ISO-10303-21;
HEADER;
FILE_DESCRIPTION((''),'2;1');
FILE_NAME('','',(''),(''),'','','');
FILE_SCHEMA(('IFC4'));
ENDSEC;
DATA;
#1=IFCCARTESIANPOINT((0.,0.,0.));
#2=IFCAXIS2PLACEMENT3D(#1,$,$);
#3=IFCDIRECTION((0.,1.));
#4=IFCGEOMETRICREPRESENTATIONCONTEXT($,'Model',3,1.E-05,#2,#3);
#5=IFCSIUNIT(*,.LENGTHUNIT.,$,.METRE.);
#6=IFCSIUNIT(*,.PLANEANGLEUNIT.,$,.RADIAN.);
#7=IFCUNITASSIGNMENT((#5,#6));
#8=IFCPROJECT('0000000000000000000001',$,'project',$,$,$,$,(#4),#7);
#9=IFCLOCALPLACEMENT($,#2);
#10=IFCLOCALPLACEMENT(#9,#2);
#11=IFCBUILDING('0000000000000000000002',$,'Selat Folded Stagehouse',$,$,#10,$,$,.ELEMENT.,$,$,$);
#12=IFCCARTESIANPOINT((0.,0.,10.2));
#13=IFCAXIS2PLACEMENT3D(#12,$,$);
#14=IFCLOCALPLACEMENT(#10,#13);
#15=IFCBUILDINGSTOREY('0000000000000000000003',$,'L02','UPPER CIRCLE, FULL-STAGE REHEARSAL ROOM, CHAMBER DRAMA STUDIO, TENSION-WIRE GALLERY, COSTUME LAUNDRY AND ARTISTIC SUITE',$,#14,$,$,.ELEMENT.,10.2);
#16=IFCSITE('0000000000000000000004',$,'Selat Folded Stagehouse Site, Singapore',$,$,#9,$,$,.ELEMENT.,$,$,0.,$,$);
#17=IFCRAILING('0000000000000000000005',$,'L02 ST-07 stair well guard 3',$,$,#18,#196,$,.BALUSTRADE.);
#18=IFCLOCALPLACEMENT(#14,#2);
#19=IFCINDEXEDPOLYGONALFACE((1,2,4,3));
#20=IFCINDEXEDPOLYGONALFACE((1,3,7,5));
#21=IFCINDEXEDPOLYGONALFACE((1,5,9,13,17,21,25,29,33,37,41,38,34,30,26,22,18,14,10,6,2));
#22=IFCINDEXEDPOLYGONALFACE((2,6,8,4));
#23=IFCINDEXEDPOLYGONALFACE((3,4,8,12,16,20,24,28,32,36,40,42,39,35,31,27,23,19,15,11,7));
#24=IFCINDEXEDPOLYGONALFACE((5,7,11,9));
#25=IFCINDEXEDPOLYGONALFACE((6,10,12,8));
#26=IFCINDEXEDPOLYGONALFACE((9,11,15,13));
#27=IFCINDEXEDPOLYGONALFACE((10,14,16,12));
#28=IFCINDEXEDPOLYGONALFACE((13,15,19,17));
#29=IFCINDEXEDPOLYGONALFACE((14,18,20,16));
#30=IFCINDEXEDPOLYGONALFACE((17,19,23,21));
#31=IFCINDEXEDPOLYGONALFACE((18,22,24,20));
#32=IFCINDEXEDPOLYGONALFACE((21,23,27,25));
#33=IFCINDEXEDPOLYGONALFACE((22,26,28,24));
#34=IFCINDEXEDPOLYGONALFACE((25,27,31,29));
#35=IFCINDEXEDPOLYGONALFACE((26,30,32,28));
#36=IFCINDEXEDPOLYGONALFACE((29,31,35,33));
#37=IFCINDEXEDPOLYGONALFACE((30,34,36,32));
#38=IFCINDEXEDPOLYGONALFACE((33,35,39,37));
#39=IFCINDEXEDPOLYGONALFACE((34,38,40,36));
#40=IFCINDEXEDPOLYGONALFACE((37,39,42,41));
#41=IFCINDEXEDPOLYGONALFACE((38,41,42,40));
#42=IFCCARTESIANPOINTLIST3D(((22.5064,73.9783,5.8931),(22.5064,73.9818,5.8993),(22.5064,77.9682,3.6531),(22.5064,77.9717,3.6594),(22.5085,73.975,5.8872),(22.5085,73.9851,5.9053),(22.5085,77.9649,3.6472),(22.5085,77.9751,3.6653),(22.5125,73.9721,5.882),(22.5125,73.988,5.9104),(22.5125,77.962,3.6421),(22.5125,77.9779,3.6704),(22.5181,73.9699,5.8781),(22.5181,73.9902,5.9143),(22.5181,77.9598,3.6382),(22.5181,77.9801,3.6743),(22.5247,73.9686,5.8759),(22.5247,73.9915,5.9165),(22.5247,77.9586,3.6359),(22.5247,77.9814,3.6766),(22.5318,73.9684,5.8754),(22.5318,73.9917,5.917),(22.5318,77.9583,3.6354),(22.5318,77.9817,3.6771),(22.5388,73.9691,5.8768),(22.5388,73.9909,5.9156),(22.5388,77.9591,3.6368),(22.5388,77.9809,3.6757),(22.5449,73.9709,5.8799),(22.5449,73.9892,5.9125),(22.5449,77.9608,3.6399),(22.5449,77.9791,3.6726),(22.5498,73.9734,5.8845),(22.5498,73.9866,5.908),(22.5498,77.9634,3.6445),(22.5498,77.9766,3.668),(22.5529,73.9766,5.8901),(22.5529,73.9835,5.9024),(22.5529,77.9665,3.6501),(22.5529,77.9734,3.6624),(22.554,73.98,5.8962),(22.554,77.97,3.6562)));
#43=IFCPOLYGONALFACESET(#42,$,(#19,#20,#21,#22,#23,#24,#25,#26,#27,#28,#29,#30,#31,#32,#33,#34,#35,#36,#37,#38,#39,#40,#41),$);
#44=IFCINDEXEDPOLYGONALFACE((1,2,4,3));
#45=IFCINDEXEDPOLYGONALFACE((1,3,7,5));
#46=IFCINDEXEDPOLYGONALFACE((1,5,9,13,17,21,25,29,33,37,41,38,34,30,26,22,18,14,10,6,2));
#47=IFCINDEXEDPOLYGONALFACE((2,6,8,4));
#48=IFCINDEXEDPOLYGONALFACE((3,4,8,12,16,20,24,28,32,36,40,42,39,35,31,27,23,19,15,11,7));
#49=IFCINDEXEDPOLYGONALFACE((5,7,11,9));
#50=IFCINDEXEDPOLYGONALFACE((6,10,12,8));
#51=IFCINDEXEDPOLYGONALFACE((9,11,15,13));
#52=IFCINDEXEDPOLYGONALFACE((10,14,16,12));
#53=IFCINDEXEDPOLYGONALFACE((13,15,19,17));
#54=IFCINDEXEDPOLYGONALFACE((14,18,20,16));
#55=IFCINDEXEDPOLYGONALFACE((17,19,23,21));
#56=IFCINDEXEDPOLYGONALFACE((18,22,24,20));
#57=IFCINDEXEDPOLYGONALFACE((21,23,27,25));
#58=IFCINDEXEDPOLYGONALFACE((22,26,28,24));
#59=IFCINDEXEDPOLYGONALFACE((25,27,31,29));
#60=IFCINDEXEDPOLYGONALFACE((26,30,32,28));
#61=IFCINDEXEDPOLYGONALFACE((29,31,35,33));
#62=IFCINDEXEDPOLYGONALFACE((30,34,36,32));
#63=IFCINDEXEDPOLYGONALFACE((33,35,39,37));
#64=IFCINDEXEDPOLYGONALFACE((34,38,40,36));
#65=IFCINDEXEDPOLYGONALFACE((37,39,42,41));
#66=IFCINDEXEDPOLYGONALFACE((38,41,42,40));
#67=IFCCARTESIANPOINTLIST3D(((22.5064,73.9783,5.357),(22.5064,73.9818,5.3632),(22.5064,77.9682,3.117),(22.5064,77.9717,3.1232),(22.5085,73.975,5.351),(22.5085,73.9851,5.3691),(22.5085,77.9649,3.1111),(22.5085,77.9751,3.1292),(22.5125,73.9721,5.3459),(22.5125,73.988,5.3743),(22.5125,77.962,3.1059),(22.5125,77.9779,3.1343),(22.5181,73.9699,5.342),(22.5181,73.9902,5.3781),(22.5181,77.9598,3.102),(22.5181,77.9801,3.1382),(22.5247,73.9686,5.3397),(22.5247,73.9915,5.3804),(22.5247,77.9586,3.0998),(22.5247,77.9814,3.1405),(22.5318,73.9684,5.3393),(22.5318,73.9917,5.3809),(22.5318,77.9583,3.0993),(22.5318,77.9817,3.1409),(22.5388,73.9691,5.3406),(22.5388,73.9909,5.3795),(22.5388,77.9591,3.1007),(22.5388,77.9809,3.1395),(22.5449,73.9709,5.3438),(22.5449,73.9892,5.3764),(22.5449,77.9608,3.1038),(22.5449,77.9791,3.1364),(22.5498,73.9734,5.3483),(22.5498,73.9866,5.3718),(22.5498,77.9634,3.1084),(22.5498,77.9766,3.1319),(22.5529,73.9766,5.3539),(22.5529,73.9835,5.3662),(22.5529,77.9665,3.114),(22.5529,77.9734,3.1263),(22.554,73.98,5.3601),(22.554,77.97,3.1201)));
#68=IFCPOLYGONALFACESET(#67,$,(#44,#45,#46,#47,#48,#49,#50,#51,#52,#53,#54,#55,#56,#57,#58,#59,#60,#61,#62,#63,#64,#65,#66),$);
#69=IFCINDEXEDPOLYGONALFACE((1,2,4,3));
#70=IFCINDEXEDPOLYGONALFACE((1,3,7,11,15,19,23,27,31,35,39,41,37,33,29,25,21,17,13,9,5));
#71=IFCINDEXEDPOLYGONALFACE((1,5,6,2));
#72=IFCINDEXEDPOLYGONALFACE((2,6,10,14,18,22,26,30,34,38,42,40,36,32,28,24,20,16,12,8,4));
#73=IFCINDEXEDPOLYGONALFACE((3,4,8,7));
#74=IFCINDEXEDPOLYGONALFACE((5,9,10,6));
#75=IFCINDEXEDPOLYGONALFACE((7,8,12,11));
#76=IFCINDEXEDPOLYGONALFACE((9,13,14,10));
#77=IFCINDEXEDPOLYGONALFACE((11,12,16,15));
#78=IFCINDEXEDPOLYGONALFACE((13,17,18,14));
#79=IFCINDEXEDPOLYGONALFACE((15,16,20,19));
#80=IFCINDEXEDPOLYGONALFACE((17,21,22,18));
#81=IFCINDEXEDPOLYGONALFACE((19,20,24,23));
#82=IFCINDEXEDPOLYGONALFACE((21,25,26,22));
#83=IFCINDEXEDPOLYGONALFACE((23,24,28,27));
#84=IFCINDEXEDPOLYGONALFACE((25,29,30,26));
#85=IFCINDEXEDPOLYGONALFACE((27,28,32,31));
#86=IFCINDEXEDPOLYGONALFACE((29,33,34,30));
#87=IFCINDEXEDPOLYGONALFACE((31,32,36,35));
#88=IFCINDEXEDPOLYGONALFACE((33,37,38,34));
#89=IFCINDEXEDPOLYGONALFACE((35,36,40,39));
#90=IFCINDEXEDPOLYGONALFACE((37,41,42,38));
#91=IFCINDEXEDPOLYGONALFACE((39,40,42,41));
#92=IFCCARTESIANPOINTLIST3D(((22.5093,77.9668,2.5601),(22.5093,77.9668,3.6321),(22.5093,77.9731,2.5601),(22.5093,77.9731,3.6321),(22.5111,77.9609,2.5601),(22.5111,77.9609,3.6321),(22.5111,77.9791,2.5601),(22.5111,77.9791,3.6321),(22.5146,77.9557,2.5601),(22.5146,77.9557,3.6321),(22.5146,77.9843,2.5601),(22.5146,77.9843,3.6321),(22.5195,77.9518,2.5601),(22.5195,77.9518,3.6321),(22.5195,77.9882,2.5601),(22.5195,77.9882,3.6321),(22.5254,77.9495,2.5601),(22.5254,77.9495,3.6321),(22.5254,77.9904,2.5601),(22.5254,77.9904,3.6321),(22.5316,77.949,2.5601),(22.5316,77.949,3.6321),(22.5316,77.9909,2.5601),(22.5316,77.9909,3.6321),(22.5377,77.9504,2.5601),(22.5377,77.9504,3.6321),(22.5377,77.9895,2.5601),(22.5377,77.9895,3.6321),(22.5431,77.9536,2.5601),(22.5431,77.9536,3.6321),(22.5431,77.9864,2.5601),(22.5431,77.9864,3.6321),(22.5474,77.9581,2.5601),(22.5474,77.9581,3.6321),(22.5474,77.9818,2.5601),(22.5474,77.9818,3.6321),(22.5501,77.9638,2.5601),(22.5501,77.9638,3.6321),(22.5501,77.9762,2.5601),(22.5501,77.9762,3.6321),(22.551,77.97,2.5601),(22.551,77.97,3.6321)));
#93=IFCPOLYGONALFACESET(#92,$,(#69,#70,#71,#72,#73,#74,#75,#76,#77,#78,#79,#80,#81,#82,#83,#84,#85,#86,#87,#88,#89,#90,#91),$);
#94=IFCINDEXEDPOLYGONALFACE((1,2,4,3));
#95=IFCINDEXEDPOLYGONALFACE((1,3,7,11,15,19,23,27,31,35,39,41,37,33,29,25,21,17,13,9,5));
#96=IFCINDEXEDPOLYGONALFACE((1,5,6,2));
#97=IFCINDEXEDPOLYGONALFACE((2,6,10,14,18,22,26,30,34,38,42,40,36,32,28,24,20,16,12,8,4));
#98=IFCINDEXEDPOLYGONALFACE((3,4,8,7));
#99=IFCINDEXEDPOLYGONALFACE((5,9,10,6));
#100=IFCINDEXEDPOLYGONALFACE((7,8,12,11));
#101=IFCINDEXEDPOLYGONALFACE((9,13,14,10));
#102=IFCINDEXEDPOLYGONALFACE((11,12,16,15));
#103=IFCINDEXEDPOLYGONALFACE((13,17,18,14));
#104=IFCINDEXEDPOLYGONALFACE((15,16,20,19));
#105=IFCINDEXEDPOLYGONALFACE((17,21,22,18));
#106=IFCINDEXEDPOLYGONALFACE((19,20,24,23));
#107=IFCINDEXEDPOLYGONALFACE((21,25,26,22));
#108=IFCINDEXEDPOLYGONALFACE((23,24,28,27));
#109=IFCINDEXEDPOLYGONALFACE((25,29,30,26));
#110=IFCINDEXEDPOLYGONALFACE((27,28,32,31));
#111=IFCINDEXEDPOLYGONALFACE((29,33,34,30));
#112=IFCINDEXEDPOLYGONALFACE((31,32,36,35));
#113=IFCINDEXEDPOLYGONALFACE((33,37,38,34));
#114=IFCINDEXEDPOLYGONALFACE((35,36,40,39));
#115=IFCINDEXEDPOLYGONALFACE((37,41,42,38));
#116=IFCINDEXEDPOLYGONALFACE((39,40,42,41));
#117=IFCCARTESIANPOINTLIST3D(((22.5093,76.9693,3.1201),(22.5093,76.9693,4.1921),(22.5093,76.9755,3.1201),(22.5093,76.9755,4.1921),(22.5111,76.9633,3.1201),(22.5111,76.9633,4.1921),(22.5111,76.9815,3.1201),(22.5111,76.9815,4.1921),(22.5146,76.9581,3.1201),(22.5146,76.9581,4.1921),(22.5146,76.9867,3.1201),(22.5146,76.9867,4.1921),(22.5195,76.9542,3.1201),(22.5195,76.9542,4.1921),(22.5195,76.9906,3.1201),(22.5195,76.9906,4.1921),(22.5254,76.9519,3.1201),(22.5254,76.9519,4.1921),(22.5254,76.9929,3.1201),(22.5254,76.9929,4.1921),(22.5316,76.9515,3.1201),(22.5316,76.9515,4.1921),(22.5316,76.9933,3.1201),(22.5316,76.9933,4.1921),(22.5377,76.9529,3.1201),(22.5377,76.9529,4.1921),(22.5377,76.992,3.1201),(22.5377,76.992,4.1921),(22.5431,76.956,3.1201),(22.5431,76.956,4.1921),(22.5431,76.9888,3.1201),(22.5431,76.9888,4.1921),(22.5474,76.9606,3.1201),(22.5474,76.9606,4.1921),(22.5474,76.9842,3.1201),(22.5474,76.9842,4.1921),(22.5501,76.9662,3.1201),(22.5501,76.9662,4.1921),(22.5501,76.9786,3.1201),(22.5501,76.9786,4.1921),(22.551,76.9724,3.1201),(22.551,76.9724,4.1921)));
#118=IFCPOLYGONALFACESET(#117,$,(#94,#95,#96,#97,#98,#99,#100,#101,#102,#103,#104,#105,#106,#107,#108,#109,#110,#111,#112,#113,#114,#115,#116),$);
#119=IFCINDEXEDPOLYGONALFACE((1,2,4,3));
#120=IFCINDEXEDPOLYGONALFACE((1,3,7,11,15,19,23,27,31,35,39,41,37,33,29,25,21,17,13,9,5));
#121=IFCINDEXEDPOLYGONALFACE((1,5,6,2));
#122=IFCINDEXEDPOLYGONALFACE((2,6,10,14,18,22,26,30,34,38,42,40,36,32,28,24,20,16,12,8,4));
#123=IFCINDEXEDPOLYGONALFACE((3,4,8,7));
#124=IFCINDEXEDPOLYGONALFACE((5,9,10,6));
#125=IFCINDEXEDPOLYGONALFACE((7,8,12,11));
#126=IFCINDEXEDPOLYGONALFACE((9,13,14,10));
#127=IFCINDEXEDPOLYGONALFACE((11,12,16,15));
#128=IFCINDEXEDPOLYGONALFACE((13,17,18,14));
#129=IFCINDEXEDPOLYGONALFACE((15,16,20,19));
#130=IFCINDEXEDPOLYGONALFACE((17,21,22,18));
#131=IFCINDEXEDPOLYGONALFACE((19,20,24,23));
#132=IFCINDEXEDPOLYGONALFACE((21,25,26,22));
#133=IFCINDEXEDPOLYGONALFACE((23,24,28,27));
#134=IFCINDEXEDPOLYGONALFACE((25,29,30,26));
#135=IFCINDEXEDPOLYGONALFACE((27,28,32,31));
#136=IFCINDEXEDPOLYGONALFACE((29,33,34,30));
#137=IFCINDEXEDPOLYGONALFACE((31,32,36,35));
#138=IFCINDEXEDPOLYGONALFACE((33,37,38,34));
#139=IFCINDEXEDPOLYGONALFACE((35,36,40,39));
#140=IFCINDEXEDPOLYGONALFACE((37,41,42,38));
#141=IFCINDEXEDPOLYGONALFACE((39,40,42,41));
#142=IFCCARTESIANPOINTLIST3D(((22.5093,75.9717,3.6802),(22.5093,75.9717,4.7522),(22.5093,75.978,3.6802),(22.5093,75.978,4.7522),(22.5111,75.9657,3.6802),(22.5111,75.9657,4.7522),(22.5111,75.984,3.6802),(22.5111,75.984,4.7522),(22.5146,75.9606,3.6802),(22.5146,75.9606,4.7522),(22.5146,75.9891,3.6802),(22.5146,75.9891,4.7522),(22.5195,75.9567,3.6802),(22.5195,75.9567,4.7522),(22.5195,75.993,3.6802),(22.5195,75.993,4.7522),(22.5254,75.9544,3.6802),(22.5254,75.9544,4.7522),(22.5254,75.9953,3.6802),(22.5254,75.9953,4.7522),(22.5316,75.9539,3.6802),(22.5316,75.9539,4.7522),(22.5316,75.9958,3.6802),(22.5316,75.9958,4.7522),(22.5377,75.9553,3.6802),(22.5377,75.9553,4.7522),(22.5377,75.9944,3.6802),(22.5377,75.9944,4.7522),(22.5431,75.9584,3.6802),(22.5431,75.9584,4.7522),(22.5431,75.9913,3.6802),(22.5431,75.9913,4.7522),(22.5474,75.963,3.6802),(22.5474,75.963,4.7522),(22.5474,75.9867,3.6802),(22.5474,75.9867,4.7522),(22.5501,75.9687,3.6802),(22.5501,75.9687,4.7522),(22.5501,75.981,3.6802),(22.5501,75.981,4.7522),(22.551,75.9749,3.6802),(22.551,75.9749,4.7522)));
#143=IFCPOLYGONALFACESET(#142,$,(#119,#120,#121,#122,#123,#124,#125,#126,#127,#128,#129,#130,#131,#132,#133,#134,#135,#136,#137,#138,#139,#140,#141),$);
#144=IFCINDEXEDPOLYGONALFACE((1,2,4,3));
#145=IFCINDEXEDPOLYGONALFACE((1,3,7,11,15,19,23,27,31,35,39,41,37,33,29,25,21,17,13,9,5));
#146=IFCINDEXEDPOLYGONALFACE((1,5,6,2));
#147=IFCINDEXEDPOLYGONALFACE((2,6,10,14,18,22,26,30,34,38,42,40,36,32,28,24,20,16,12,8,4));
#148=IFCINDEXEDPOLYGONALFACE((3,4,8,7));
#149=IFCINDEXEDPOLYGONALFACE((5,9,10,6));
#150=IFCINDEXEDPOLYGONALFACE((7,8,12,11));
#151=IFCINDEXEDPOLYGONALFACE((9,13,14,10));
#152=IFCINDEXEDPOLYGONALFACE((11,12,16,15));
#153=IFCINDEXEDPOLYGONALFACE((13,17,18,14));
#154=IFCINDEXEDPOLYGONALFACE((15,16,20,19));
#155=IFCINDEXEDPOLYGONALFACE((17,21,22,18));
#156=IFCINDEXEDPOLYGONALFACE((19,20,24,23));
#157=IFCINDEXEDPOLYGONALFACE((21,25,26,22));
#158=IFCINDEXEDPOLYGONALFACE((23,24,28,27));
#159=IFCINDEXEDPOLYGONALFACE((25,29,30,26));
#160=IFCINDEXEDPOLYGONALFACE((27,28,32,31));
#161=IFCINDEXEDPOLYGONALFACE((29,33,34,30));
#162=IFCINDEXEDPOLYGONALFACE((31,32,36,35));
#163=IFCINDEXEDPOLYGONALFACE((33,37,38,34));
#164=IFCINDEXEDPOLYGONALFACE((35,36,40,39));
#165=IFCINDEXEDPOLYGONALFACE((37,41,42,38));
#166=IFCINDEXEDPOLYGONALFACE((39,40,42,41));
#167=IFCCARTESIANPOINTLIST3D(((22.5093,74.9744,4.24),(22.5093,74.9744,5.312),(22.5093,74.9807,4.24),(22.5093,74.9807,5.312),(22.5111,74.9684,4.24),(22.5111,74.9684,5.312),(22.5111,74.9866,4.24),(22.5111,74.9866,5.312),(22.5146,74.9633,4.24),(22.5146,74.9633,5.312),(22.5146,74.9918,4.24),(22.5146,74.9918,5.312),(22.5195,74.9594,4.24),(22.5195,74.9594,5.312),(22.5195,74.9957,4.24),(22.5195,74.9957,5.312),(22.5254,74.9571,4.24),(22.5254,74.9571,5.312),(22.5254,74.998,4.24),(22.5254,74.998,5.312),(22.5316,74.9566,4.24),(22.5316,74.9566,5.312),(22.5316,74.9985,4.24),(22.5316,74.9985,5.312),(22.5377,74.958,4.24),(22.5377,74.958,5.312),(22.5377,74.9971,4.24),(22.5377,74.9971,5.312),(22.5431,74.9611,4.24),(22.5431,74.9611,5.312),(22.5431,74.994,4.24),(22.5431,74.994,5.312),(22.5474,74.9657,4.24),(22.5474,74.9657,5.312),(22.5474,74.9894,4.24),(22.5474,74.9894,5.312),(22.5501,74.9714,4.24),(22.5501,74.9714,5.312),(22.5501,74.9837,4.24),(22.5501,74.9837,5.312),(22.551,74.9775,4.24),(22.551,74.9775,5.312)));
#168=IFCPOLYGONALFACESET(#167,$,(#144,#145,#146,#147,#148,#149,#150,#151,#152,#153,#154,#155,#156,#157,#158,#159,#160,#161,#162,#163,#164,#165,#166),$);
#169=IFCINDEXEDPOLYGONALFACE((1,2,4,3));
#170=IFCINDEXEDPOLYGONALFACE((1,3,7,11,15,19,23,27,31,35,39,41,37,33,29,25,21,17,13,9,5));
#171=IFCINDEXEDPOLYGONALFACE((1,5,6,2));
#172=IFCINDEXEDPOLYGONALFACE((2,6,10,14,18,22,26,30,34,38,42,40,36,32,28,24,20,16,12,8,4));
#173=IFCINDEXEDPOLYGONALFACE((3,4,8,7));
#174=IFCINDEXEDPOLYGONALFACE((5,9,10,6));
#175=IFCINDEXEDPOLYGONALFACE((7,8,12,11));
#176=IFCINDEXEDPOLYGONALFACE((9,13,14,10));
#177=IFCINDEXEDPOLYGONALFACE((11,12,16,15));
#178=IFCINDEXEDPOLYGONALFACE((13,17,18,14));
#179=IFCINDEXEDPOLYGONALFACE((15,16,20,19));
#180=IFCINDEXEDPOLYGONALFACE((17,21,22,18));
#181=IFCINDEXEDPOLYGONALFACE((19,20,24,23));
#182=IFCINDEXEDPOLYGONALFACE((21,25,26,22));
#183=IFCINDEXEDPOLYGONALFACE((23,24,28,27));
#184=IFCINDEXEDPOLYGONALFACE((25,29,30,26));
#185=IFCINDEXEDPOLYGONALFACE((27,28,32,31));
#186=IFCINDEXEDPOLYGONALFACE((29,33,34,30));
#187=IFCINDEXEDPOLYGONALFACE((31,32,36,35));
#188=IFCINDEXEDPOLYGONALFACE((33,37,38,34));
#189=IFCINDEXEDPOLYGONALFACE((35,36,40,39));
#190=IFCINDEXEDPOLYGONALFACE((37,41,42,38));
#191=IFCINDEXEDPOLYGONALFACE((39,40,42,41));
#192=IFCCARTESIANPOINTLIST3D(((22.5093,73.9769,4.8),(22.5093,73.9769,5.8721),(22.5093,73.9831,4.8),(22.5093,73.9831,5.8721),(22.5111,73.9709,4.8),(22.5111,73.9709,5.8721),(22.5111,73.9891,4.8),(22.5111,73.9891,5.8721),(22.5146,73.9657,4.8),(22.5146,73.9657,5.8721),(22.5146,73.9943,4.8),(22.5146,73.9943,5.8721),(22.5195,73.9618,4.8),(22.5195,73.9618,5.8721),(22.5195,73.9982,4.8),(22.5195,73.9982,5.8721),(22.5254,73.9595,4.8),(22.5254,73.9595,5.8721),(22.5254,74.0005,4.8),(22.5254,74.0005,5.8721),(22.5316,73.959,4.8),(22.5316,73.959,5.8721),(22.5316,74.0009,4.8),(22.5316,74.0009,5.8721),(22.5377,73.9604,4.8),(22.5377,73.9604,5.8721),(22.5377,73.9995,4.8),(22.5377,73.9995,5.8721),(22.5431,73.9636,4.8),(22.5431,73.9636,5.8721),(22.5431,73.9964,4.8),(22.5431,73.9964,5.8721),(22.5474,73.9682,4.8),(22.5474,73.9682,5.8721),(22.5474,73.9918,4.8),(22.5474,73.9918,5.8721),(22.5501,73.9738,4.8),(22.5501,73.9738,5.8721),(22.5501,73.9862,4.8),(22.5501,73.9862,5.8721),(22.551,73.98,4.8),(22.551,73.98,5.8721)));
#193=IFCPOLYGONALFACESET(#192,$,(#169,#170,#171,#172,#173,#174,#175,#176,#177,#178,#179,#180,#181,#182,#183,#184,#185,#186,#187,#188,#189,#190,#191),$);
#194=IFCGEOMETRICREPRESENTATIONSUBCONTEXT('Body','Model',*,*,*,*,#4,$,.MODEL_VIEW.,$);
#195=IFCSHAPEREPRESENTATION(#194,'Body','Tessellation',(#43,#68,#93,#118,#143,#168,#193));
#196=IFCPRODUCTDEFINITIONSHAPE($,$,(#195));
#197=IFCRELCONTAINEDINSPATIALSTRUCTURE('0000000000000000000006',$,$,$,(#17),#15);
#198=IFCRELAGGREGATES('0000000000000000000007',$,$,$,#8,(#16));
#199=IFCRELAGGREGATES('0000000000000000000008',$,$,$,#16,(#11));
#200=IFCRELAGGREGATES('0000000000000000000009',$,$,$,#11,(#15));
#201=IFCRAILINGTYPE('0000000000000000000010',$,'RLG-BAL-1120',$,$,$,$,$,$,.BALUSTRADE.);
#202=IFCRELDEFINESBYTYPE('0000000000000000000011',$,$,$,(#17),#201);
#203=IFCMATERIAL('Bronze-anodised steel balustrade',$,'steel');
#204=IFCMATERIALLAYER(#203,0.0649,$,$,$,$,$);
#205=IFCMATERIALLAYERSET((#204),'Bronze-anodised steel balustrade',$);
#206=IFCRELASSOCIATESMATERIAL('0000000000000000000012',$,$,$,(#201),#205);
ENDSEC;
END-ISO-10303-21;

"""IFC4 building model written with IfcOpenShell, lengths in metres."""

from ifc_helpers import new_model, si_unit, direction, frame, origin, origin_2d, place, context, subcontext, project, spatial, circle, extrude, material, layer, layer_set, type_object, element, save


model = new_model("IFC4")

# Units and contexts
model_context = context("Model", 3, precision=1e-05, world=origin(), true_north=direction((0.0, 1.0)))
body_context = subcontext(model_context, "Body", "Model", "MODEL_VIEW")
ifc_project = project(units=[si_unit("LENGTHUNIT", "METRE"), si_unit("PLANEANGLEUNIT", "RADIAN")], contexts=[model_context])

# Site, building, storey
site_placement = place(None, origin())
site = spatial("IfcSite", under=ifc_project, at=site_placement, Name="Selat Folded Stagehouse Site, Singapore", CompositionType="ELEMENT", RefElevation=0.0)
building_placement = place(site_placement, origin())
building = spatial("IfcBuilding", under=site, at=building_placement, Name="Selat Folded Stagehouse", CompositionType="ELEMENT")
storey_placement = place(building_placement, frame((0.0, 0.0, 10.2)))
storey = spatial("IfcBuildingStorey", under=building, at=storey_placement, Name="L02", Description="UPPER CIRCLE, FULL-STAGE REHEARSAL ROOM, CHAMBER DRAMA STUDIO, TENSION-WIRE GALLERY, COSTUME LAUNDRY AND ARTISTIC SUITE", CompositionType="ELEMENT", Elevation=10.2)

# Railing
ifc_material_1 = material(Name="Bronze-anodised steel balustrade", Category="steel")
ifc_layer_1 = layer(ifc_material_1, 0.0649)
ifc_layer_set_1 = layer_set([ifc_layer_1], Name="Bronze-anodised steel balustrade")
railing_type_1 = type_object("IfcRailingType", Name="RLG-BAL-1120", PredefinedType="BALUSTRADE", material=ifc_layer_set_1)
railing_1_placement = place(storey_placement, frame((22.53, 77.97, 2.5601)))
element("IfcRailing", 1, at=railing_1_placement, inside=storey, type_object=railing_type_1, Name="L02 ST-07 stair well guard 3", PredefinedType="BALUSTRADE", context=body_context, shape_type="SweptSolid", body=[
    extrude(circle(Radius=0.0239, at=origin_2d()), frame((0.0, 0.0, 1.0962), z_axis=(0.0, -0.871984, 0.489534), x_axis=(1.0, 0.0, 0.0)), (0.0, 0.0, 1.0), 4.5757),
    extrude(circle(Radius=0.0239, at=origin_2d()), frame((0.0, 0.0, 0.5601), z_axis=(0.0, -0.871984, 0.489534), x_axis=(1.0, 0.0, 0.0)), (0.0, 0.0, 1.0), 4.5757),
    extrude(circle(Radius=0.021, at=origin_2d()), origin(), (0.0, 0.0, 1.0), 1.072),
    extrude(circle(Radius=0.021, at=origin_2d()), frame((0.0, -0.9976, 0.5601)), (0.0, 0.0, 1.0), 1.072),
    extrude(circle(Radius=0.021, at=origin_2d()), frame((0.0, -1.9951, 1.1201)), (0.0, 0.0, 1.0), 1.072),
    extrude(circle(Radius=0.021, at=origin_2d()), frame((0.0, -2.9924, 1.6799)), (0.0, 0.0, 1.0), 1.072),
    extrude(circle(Radius=0.021, at=origin_2d()), frame((0.0, -3.99, 2.24)), (0.0, 0.0, 1.0), 1.072),
])

save(model, "model.ifc")
